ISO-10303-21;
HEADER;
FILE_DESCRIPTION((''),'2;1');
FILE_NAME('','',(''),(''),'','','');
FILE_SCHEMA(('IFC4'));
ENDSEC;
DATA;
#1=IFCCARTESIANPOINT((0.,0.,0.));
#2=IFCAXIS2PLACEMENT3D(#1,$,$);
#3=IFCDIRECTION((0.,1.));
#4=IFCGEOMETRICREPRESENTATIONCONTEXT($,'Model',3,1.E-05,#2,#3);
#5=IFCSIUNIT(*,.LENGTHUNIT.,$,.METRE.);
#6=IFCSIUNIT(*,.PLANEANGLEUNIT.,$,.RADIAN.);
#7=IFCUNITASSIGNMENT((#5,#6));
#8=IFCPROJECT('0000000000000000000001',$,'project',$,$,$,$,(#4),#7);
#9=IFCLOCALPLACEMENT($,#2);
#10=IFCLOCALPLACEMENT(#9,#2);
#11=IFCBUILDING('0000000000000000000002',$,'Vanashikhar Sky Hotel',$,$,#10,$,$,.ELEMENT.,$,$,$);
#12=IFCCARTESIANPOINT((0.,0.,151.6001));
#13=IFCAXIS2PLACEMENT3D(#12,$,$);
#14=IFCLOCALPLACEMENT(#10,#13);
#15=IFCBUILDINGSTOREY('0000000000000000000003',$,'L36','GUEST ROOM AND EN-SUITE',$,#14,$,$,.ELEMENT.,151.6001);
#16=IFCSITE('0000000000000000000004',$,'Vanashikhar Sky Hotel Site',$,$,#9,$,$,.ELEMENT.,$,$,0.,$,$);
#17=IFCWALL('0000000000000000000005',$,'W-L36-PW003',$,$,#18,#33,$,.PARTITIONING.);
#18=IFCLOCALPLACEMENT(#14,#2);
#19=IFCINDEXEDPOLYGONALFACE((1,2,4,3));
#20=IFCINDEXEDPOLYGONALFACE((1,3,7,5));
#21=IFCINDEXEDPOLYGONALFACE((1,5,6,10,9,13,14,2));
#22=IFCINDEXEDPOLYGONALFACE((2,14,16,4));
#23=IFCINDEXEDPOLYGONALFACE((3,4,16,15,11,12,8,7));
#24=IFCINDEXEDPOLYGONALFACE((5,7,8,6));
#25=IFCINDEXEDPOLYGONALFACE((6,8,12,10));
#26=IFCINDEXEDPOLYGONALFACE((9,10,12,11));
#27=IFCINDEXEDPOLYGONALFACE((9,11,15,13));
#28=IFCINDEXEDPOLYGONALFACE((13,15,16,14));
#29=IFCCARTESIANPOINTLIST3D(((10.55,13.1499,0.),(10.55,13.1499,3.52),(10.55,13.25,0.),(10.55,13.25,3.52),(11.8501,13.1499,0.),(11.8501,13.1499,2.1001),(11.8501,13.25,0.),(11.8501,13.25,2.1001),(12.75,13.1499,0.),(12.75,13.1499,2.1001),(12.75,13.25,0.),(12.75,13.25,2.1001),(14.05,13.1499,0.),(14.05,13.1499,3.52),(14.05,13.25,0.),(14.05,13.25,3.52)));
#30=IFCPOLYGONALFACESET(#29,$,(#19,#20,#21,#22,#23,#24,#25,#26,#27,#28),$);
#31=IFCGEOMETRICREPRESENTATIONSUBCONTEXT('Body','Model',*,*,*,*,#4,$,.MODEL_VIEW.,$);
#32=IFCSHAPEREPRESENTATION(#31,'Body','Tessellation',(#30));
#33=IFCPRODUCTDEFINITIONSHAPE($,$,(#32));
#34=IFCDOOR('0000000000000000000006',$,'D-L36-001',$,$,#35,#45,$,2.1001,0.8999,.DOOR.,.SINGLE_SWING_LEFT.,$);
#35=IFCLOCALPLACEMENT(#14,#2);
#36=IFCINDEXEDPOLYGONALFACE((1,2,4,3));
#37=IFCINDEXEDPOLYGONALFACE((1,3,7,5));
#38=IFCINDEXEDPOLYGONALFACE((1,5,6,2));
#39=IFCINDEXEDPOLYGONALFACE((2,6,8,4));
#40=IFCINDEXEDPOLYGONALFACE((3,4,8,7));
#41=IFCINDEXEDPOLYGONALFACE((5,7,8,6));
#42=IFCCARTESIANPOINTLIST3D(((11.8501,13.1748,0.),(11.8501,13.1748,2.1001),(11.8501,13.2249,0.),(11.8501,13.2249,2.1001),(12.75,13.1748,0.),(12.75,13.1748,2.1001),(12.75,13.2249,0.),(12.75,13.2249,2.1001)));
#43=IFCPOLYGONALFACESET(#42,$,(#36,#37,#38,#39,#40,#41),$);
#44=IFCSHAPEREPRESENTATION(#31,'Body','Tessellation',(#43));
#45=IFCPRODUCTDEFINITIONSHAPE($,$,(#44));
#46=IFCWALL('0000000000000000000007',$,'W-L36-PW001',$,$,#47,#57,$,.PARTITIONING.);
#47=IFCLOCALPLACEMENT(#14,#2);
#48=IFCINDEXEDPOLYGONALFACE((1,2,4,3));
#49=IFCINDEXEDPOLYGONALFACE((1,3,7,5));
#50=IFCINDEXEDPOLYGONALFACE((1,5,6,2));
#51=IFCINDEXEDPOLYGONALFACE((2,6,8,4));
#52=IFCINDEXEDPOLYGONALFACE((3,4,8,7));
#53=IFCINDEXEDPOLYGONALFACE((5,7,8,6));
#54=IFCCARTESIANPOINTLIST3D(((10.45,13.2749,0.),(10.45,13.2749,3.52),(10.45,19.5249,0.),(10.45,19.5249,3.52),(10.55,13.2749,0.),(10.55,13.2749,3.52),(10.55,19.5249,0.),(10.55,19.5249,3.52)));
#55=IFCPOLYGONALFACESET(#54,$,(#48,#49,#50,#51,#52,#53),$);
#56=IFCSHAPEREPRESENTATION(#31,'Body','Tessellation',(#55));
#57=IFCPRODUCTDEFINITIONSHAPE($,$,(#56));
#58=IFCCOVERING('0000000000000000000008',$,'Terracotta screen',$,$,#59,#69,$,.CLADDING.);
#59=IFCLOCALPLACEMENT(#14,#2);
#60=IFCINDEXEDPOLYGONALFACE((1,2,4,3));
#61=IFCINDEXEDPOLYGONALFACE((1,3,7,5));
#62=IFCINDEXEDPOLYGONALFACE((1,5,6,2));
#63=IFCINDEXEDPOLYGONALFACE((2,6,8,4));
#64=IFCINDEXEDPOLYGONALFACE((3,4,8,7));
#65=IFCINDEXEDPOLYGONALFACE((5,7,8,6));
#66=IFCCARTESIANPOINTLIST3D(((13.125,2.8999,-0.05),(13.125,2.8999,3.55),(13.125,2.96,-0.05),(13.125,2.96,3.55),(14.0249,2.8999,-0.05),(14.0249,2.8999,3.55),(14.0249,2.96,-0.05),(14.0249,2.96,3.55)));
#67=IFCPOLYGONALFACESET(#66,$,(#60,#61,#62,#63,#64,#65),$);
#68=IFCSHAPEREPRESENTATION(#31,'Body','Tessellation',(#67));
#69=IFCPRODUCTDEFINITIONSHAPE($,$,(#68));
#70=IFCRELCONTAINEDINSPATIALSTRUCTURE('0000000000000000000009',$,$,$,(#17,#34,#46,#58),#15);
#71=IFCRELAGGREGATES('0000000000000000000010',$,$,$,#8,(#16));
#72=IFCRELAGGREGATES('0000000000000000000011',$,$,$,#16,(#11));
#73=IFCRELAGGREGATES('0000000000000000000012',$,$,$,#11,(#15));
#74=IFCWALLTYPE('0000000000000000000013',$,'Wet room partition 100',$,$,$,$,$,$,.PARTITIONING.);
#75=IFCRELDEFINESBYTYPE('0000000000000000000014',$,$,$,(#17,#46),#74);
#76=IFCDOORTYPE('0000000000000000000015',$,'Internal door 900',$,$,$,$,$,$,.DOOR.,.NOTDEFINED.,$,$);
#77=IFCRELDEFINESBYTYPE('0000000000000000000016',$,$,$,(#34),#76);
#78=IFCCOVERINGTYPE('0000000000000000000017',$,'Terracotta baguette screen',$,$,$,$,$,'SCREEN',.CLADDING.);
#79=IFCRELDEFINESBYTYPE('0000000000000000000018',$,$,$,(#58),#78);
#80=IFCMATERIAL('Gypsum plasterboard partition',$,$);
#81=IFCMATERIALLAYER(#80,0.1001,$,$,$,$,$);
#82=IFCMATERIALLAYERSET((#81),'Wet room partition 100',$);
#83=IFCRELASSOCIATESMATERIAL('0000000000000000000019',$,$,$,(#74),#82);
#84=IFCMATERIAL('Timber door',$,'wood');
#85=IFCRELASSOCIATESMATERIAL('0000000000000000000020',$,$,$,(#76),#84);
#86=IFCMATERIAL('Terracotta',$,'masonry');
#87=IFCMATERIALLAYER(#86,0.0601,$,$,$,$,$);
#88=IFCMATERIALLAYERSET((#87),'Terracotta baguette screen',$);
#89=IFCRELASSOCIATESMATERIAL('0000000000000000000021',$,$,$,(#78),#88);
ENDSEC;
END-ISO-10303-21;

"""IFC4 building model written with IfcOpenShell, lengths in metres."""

from ifc_helpers import new_model, si_unit, direction, frame, frame_2d, origin, origin_2d, place, context, subcontext, project, spatial, rectangle, extrude, source, transform, mapped, material, layer, layer_set, type_object, element, fill, save


model = new_model("IFC4")

# Units and contexts
model_context = context("Model", 3, precision=1e-05, world=origin(), true_north=direction((0.0, 1.0)))
body_context = subcontext(model_context, "Body", "Model", "MODEL_VIEW")
ifc_project = project(units=[si_unit("LENGTHUNIT", "METRE"), si_unit("PLANEANGLEUNIT", "RADIAN")], contexts=[model_context])

# Site, building, storey
site_placement = place(None, origin())
site = spatial("IfcSite", under=ifc_project, at=site_placement, Name="Vanashikhar Sky Hotel Site", CompositionType="ELEMENT", RefElevation=0.0)
building_placement = place(site_placement, origin())
building = spatial("IfcBuilding", under=site, at=building_placement, Name="Vanashikhar Sky Hotel", CompositionType="ELEMENT")
storey_placement = place(building_placement, frame((0.0, 0.0, 151.6001)))
storey = spatial("IfcBuildingStorey", under=building, at=storey_placement, Name="L36", Description="GUEST ROOM AND EN-SUITE", CompositionType="ELEMENT", Elevation=151.6001)

# Wall, opening, door
ifc_material_1 = material(Name="Gypsum plasterboard partition")
ifc_layer_1 = layer(ifc_material_1, 0.1001)
ifc_layer_set_1 = layer_set([ifc_layer_1], Name="Wet room partition 100")
wall_type_1 = type_object("IfcWallType", Name="Wet room partition 100", PredefinedType="PARTITIONING", material=ifc_layer_set_1)
shared_shape_1 = source(origin(), body_context, "Body", "SweptSolid", [
    extrude(rectangle(XDim=3.5, YDim=0.1001, at=frame_2d((1.75, 0.0))), origin(), (0.0, 0.0, 1.0), 3.52),
])
wall_1_placement = place(storey_placement, frame((10.55, 13.2, 0.0), z_axis=(0.0, 0.0, 1.0), x_axis=(1.0, 0.0, 0.0)))
wall_1 = element("IfcWall", 1, at=wall_1_placement, inside=storey, type_object=wall_type_1, Name="W-L36-PW003", PredefinedType="PARTITIONING", context=body_context, shape_type="MappedRepresentation", body=[
    mapped(shared_shape_1, transform((0.0, 0.0, 0.0), scale=1.0)),
])
shared_shape_2 = source(origin(), body_context, "Body", "SweptSolid", [
    extrude(rectangle(XDim=0.8999, YDim=2.1001, at=frame_2d((0.45, 1.05))), frame((0.0, 0.0601, 0.0), z_axis=(0.0, -1.0, 0.0), x_axis=(1.0, 0.0, 0.0)), (0.0, 0.0, 1.0), 0.1201),
])
opening_1_placement = place(wall_1_placement, frame((1.3, 0.0, 0.0)))
opening_1 = element("IfcOpeningElement", 2, at=opening_1_placement, cuts=wall_1, PredefinedType="OPENING", context=body_context, shape_type="MappedRepresentation", body=[
    mapped(shared_shape_2, transform((0.0, 0.0, 0.0), scale=1.0)),
])
ifc_material_2 = material(Name="Timber door", Category="wood")
door_type_1 = type_object("IfcDoorType", Name="Internal door 900", OperationType="NOTDEFINED", PredefinedType="DOOR", material=ifc_material_2)
shared_shape_3 = source(origin(), body_context, "Body", "SweptSolid", [
    extrude(rectangle(XDim=0.8999, YDim=2.1001, at=frame_2d((0.45, 1.05))), frame((0.0, 0.0249, 0.0), z_axis=(0.0, -1.0, 0.0), x_axis=(1.0, 0.0, 0.0)), (0.0, 0.0, 1.0), 0.05),
])
door_1_placement = place(opening_1_placement, origin())
door_1 = element("IfcDoor", 3, at=door_1_placement, inside=storey, type_object=door_type_1, Name="D-L36-001", OperationType="SINGLE_SWING_LEFT", OverallHeight=2.1001, OverallWidth=0.8999, PredefinedType="DOOR", context=body_context, shape_type="MappedRepresentation", body=[
    mapped(shared_shape_3, transform((0.0, 0.0, 0.0), scale=1.0)),
])
fill(opening_1, door_1)

# Wall
shared_shape_4 = source(origin(), body_context, "Body", "SweptSolid", [
    extrude(rectangle(XDim=6.25, YDim=0.1001, at=frame_2d((3.125, 0.0))), origin(), (0.0, 0.0, 1.0), 3.52),
])
wall_2_placement = place(storey_placement, frame((10.5, 13.2749, 0.0), z_axis=(0.0, 0.0, 1.0), x_axis=(0.0, 1.0, 0.0)))
element("IfcWall", 4, at=wall_2_placement, inside=storey, type_object=wall_type_1, Name="W-L36-PW001", PredefinedType="PARTITIONING", context=body_context, shape_type="MappedRepresentation", body=[
    mapped(shared_shape_4, transform((0.0, 0.0, 0.0), scale=1.0)),
])

# Covering
ifc_material_3 = material(Name="Terracotta", Category="masonry")
ifc_layer_2 = layer(ifc_material_3, 0.0601)
ifc_layer_set_2 = layer_set([ifc_layer_2], Name="Terracotta baguette screen")
covering_type = type_object("IfcCoveringType", Name="Terracotta baguette screen", ElementType="SCREEN", PredefinedType="CLADDING", material=ifc_layer_set_2)
shared_shape_5 = source(origin(), body_context, "Body", "SweptSolid", [
    extrude(rectangle(XDim=0.8999, YDim=0.0601, at=origin_2d()), origin(), (0.0, 0.0, 1.0), 3.6001),
])
covering_placement = place(storey_placement, frame((13.575, 2.9299, -0.05), z_axis=(0.0, 0.0, 1.0), x_axis=(1.0, 0.0, 0.0)))
element("IfcCovering", 5, at=covering_placement, inside=storey, type_object=covering_type, Name="Terracotta screen", PredefinedType="CLADDING", context=body_context, shape_type="MappedRepresentation", body=[
    mapped(shared_shape_5, transform((0.0, 0.0, 0.0), scale=1.0)),
])

save(model, "model.ifc")
